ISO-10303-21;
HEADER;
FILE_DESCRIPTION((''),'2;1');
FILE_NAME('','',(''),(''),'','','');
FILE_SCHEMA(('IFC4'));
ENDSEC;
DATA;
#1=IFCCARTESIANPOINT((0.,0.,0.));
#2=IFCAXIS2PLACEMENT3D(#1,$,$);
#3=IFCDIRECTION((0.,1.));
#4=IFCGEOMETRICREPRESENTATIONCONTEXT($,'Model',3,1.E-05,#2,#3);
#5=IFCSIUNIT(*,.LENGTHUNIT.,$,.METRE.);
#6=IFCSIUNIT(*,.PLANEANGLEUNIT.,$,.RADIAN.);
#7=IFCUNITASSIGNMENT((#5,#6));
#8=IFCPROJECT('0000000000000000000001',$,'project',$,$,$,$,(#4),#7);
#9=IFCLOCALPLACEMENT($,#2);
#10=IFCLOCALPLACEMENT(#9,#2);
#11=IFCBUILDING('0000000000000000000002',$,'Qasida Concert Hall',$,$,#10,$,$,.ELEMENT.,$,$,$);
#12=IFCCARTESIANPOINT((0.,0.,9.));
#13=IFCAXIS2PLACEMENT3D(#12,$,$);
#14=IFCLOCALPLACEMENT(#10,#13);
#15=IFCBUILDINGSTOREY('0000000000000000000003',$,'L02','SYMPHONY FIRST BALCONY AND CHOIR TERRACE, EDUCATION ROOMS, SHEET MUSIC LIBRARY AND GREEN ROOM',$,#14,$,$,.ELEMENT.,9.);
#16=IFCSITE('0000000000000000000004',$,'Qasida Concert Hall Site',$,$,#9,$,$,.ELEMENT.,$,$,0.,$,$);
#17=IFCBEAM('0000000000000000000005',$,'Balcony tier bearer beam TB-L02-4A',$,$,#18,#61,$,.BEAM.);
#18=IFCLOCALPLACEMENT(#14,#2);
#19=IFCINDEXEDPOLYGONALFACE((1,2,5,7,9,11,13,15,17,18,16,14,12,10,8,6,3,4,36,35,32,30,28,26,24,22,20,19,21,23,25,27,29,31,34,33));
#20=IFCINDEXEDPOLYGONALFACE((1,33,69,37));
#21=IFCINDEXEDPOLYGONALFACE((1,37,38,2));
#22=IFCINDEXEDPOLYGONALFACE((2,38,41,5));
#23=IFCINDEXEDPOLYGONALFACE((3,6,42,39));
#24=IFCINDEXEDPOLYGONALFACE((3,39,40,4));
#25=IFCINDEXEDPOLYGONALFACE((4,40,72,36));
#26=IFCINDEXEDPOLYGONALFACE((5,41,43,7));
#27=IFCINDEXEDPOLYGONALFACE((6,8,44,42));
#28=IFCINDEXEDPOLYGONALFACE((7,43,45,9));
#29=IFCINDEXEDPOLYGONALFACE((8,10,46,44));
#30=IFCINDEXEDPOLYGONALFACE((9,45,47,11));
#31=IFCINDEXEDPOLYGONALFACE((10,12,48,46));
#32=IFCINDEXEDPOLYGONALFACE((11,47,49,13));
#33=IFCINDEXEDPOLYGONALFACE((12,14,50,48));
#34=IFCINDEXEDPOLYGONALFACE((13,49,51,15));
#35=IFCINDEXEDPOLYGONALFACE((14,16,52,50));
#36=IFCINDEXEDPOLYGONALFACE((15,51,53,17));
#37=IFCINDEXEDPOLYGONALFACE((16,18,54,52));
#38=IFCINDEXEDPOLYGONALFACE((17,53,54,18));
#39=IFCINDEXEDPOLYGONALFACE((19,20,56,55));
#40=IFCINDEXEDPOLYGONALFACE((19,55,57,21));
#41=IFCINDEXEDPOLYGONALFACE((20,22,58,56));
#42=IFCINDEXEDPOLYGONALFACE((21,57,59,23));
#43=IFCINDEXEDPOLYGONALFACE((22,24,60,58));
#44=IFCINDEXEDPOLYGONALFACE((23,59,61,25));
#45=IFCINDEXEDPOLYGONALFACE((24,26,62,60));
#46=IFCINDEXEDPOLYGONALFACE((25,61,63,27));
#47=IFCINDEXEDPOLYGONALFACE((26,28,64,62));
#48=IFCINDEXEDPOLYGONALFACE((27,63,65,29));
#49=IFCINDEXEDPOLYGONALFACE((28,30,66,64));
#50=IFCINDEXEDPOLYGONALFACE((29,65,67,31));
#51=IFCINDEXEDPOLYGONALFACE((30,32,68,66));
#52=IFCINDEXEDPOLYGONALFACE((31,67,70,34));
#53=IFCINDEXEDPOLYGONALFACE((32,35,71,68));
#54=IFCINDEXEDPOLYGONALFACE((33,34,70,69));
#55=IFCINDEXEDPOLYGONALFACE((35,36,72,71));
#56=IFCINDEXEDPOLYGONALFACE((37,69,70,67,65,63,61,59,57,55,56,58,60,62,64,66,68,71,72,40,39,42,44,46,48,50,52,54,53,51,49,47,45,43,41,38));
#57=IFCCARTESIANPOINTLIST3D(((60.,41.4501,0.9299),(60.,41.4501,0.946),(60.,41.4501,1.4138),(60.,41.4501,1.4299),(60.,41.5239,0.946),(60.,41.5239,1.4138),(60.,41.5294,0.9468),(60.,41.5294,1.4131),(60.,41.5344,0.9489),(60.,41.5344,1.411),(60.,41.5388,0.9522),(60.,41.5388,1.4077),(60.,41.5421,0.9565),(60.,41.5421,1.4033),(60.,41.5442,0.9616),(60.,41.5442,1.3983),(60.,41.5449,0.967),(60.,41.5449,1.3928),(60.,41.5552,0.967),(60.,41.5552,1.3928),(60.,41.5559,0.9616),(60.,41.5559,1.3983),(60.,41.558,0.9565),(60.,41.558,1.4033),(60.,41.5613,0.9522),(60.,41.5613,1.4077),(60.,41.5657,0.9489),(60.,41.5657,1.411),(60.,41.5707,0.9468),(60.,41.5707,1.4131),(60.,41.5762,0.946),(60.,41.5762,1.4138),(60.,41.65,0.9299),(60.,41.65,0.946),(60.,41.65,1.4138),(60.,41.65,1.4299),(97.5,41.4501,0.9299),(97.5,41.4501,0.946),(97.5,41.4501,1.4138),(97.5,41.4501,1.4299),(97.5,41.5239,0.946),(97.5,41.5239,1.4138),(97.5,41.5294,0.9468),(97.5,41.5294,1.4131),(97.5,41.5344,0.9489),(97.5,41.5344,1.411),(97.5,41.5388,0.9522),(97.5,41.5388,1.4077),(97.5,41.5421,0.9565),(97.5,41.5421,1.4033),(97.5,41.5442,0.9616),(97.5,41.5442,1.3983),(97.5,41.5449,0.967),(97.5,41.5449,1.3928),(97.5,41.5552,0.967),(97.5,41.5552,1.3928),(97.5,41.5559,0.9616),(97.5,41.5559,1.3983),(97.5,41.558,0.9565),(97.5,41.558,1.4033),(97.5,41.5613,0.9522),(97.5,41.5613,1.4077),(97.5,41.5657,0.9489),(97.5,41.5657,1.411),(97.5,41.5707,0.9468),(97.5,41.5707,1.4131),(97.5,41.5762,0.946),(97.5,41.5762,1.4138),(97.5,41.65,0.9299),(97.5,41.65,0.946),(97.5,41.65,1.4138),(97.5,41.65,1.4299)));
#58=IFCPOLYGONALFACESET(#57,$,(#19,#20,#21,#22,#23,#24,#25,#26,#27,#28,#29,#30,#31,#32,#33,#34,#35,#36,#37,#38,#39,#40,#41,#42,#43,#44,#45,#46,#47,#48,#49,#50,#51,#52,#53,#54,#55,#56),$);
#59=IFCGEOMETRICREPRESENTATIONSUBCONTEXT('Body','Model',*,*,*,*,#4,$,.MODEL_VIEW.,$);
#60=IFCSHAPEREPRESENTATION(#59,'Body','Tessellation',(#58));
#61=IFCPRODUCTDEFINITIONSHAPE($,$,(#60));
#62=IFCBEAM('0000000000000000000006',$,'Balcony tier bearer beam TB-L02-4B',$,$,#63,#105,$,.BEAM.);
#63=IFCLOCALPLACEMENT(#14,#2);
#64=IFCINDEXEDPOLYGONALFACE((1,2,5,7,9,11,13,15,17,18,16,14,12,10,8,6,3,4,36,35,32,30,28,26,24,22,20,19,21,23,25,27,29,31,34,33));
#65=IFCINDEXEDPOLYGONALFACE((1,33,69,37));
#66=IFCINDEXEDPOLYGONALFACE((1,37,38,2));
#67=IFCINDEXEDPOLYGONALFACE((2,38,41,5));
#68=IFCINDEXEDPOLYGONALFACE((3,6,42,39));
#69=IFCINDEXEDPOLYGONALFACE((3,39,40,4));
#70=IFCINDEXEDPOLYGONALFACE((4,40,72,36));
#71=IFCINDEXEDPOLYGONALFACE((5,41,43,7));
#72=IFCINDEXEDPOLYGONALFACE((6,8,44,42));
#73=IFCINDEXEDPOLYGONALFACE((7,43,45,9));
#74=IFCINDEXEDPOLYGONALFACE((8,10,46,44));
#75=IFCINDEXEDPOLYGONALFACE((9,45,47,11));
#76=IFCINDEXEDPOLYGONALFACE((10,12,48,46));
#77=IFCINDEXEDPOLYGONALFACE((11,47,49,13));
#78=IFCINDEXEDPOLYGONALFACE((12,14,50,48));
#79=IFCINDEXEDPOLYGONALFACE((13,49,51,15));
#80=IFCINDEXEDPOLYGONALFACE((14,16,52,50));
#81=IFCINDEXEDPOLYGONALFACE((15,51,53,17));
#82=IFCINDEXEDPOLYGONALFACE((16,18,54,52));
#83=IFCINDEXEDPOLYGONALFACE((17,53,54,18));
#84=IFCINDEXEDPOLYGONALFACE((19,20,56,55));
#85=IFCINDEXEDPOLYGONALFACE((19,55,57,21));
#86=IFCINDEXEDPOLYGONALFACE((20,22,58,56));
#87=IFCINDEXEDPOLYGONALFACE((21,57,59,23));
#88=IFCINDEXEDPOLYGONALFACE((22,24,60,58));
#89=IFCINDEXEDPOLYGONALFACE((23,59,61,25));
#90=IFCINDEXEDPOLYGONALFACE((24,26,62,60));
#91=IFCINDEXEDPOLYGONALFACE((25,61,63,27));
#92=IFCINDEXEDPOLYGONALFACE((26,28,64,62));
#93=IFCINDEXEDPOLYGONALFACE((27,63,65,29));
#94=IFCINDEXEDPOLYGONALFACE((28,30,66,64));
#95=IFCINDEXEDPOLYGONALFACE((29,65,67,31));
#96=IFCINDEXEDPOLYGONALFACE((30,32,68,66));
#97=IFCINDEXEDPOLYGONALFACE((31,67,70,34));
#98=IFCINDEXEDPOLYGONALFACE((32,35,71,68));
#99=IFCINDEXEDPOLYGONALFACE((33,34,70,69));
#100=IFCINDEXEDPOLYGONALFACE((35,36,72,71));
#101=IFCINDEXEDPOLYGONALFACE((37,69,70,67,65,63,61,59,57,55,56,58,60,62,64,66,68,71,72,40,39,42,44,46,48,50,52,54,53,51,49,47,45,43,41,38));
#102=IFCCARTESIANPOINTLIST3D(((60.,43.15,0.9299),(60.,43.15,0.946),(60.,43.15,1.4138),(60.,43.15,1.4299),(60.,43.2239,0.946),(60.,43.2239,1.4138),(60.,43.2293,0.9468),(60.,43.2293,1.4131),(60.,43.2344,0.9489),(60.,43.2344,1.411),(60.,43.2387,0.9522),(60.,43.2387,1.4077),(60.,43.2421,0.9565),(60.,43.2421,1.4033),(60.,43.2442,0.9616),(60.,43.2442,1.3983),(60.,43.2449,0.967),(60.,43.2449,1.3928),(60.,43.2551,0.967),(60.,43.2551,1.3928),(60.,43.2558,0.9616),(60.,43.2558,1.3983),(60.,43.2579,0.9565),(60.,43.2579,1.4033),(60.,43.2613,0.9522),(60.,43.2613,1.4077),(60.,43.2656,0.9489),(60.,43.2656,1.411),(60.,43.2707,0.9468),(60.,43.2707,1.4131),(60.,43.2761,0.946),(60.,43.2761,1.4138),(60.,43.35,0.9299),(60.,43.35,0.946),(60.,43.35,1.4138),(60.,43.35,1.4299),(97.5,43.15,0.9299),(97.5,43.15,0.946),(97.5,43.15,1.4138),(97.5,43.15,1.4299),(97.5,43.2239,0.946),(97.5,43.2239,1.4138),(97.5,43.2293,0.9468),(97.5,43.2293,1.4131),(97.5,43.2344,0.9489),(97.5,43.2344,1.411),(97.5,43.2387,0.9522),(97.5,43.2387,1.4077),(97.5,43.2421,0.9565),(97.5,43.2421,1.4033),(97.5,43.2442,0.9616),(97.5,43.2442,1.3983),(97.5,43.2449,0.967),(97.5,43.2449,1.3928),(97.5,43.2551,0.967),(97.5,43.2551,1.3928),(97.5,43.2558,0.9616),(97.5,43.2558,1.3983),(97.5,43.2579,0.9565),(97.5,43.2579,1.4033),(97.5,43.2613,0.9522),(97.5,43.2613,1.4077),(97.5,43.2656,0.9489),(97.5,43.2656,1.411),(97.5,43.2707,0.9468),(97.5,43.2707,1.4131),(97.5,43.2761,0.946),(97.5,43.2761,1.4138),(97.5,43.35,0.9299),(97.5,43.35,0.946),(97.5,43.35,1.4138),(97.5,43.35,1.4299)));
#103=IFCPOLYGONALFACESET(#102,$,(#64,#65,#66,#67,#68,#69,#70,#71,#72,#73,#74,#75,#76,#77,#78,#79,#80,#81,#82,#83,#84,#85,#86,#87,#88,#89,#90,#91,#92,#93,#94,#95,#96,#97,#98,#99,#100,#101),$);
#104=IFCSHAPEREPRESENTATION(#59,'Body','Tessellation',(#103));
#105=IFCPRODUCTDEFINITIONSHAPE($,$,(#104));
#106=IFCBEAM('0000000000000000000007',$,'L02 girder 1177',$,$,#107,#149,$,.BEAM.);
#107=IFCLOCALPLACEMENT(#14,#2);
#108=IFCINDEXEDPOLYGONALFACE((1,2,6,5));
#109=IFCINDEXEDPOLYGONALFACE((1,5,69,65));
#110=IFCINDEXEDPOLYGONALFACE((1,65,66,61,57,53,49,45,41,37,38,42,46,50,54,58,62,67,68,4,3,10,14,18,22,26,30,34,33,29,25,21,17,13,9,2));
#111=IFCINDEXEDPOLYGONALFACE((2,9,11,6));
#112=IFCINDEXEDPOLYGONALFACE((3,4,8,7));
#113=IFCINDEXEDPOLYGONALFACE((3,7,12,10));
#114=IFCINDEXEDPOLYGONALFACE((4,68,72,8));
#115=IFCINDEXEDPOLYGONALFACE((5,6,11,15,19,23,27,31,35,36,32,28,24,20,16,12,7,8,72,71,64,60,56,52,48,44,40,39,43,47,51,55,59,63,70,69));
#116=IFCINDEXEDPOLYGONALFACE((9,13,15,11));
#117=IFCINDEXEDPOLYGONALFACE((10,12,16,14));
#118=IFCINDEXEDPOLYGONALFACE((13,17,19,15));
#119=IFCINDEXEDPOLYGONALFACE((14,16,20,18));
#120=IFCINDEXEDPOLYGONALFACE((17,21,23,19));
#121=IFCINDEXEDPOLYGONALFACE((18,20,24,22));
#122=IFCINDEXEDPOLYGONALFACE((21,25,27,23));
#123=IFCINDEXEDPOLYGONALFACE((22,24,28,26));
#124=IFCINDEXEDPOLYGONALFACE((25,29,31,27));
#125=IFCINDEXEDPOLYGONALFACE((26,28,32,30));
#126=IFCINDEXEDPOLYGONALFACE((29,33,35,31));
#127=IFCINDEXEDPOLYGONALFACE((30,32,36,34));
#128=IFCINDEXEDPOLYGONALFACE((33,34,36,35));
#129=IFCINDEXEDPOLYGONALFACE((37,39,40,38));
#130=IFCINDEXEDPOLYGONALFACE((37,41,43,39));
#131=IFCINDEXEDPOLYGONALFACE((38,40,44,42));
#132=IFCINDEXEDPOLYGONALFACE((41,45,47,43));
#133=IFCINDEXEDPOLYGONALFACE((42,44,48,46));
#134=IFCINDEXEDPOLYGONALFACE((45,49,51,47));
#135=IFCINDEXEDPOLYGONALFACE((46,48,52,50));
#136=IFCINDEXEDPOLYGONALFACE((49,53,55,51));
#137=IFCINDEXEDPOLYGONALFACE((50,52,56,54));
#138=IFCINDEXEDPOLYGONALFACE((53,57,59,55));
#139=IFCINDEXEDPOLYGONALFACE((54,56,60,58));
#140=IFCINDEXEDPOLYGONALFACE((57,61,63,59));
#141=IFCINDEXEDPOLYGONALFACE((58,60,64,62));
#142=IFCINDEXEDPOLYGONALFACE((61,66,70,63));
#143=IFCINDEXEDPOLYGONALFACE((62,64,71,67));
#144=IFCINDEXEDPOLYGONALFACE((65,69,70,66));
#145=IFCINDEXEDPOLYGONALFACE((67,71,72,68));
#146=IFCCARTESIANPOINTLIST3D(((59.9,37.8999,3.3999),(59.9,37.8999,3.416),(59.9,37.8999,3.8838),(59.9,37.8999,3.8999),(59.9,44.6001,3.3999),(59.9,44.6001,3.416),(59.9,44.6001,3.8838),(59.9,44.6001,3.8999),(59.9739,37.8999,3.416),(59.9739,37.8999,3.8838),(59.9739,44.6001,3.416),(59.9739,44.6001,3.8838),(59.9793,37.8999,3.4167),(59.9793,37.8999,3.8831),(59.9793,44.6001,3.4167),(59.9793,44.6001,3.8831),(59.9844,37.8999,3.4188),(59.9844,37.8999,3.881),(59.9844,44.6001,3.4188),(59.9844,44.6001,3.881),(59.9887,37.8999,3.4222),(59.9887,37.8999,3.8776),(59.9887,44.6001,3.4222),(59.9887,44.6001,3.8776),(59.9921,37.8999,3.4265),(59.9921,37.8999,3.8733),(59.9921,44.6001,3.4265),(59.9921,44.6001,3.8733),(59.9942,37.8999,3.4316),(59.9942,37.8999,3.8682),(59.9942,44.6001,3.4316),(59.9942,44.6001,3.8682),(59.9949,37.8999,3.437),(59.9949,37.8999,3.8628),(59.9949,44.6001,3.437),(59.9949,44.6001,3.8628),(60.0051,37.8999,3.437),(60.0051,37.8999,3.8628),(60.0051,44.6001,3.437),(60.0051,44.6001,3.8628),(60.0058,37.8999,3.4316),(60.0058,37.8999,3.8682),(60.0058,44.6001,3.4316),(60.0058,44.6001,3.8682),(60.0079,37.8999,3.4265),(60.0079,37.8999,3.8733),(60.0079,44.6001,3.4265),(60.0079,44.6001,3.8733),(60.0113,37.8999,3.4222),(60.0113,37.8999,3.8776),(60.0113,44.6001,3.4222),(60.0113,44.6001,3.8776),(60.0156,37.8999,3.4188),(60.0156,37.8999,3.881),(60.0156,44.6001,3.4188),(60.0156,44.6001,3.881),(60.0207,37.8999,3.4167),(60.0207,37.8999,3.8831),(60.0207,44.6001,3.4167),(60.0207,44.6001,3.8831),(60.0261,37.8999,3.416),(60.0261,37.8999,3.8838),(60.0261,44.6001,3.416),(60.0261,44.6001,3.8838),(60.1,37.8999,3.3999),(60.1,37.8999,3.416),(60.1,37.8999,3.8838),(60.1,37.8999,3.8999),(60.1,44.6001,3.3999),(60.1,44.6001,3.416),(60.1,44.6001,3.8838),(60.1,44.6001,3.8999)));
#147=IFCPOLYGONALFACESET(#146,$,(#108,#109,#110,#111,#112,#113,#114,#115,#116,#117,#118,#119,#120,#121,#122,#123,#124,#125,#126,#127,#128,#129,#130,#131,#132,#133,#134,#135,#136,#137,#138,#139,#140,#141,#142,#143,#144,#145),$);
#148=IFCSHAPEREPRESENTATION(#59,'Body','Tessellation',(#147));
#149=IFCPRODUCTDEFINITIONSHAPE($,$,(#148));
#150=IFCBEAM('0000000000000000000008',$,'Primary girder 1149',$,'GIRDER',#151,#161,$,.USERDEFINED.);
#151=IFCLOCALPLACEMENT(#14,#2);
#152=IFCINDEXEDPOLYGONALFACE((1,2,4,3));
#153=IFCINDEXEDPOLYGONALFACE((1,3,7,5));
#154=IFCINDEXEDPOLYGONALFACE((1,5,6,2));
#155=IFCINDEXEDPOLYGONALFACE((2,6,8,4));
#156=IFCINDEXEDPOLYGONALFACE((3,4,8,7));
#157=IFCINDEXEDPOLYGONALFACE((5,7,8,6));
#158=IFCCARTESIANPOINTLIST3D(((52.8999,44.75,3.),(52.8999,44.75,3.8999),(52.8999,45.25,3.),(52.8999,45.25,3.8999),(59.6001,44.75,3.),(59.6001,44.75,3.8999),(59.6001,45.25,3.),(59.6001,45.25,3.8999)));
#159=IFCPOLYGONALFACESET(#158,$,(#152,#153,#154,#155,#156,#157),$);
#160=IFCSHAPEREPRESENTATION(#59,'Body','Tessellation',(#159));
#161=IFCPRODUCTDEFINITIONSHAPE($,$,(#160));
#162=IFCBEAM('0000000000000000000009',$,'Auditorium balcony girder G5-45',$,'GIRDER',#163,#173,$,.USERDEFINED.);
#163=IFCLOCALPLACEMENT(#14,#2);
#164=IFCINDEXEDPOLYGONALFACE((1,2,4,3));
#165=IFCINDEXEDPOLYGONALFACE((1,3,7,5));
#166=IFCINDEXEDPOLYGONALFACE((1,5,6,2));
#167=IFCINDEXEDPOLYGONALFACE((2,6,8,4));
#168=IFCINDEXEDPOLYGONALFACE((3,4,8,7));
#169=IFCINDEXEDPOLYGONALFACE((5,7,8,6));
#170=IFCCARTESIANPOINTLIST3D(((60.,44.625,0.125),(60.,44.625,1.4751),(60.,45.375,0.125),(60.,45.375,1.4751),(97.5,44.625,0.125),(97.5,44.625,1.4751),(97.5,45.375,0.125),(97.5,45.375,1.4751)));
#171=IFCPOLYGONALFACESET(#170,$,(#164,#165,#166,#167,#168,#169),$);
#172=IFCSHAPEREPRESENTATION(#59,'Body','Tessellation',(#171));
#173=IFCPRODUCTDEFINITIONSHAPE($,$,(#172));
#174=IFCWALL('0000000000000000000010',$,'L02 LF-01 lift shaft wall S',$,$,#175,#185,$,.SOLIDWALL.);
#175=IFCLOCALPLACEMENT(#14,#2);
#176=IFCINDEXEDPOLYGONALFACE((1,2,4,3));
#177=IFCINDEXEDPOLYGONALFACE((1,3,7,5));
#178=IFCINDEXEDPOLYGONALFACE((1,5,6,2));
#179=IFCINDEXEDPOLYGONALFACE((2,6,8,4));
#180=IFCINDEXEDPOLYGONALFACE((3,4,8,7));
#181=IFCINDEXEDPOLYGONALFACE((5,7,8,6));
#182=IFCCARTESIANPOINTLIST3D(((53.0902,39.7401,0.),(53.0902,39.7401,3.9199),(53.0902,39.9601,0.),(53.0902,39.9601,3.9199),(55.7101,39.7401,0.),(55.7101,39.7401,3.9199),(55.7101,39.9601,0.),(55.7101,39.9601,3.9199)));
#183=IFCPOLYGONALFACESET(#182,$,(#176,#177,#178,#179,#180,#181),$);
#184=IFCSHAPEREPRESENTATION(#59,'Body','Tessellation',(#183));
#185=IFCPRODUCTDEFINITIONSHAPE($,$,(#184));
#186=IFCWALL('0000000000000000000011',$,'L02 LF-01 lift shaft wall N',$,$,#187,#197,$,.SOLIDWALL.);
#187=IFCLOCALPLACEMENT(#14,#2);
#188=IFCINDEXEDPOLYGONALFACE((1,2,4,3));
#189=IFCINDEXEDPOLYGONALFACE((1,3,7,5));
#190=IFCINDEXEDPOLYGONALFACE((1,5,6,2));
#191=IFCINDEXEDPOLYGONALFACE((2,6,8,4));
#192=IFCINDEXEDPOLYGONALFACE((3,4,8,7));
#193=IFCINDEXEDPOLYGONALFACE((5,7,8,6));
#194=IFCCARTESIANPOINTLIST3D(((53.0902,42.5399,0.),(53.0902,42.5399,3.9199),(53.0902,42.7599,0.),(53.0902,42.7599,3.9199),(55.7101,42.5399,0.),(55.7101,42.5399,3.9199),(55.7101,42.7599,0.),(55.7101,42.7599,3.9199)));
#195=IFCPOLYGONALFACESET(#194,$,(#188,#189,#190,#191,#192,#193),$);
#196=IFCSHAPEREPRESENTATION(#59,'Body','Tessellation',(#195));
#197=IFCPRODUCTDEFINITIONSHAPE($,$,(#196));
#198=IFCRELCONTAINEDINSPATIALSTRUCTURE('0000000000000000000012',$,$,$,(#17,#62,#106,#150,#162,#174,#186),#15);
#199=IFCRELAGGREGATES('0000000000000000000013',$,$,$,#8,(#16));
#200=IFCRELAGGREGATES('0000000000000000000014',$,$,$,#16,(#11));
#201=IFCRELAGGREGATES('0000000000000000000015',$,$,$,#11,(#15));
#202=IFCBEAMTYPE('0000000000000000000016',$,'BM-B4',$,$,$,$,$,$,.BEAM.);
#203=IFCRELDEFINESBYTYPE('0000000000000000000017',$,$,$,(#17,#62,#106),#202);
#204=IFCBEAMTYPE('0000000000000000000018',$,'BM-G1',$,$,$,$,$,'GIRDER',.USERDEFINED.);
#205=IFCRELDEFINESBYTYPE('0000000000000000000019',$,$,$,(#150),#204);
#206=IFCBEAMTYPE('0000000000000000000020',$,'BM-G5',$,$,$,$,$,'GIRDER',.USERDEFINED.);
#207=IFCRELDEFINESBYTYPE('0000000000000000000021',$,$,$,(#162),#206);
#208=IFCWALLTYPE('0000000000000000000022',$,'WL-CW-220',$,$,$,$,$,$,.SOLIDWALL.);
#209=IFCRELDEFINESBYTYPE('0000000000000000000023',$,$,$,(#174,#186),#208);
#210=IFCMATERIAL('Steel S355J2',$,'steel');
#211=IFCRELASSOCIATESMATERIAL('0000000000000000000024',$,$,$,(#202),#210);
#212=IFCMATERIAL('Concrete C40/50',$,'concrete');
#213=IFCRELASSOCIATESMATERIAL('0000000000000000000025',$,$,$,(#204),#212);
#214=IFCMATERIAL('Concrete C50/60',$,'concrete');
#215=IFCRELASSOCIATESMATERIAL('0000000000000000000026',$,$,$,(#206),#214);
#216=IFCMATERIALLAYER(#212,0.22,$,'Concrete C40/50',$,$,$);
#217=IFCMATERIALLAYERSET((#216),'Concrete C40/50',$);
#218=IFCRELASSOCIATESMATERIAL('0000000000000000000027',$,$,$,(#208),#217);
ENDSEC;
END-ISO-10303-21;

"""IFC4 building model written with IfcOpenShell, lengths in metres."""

from ifc_helpers import new_model, si_unit, direction, frame, frame_2d, origin, origin_2d, place, context, subcontext, project, spatial, rectangle, i_section, extrude, material, layer, layer_set, material_profile, profile_set, type_object, element, save


model = new_model("IFC4")

# Units and contexts
model_context = context("Model", 3, precision=1e-05, world=origin(), true_north=direction((0.0, 1.0)))
body_context = subcontext(model_context, "Body", "Model", "MODEL_VIEW")
ifc_project = project(units=[si_unit("LENGTHUNIT", "METRE"), si_unit("PLANEANGLEUNIT", "RADIAN")], contexts=[model_context])

# Site, building, storey
site_placement = place(None, origin())
site = spatial("IfcSite", under=ifc_project, at=site_placement, Name="Qasida Concert Hall Site", CompositionType="ELEMENT", RefElevation=0.0)
building_placement = place(site_placement, origin())
building = spatial("IfcBuilding", under=site, at=building_placement, Name="Qasida Concert Hall", CompositionType="ELEMENT")
storey_placement = place(building_placement, frame((0.0, 0.0, 9.0)))
storey = spatial("IfcBuildingStorey", under=building, at=storey_placement, Name="L02", Description="SYMPHONY FIRST BALCONY AND CHOIR TERRACE, EDUCATION ROOMS, SHEET MUSIC LIBRARY AND GREEN ROOM", CompositionType="ELEMENT", Elevation=9.0)

# Shared definitions
ifc_material_1 = material(Name="Concrete C50/60", Category="concrete")

# Beams
ifc_material_2 = material(Name="Concrete C40/50", Category="concrete")
ifc_material_3 = material(Name="Steel S355J2", Category="steel")
ifc_material_profile_1 = material_profile(ifc_material_3, i_section(OverallWidth=0.2, OverallDepth=0.5, WebThickness=0.0103, FlangeThickness=0.0161, FilletRadius=0.021, at=origin_2d()), Name="IPE 500")
ifc_profile_set_1 = profile_set([ifc_material_profile_1], Name="Steel S355J2")
beam_type_1 = type_object("IfcBeamType", Name="BM-B4", PredefinedType="BEAM", material=ifc_profile_set_1)
for number, where, z_axis, x_axis, name in (
    (1, (60.0, 41.55, 1.1799), (1.0, 0.0, 0.0), (0.0, 1.0, 0.0), "Balcony tier bearer beam TB-L02-4A"),
    (2, (60.0, 43.25, 1.1799), (1.0, 0.0, 0.0), (0.0, 1.0, 0.0), "Balcony tier bearer beam TB-L02-4B"),
):
    element("IfcBeam", number, at=place(storey_placement, frame(where, z_axis=z_axis, x_axis=x_axis)), inside=storey, type_object=beam_type_1, Name=name, PredefinedType="BEAM", context=body_context, shape_type="SweptSolid", body=[
        extrude(i_section(OverallWidth=0.2, OverallDepth=0.5, WebThickness=0.0103, FlangeThickness=0.0161, FilletRadius=0.021, at=origin_2d()), origin(), (0.0, 0.0, 1.0), 37.5),
    ])
beam_1_placement = place(storey_placement, frame((60.0, 37.8999, 3.6499), z_axis=(0.0, 1.0, 0.0), x_axis=(-1.0, 0.0, 0.0)))
element("IfcBeam", 3, at=beam_1_placement, inside=storey, type_object=beam_type_1, Name="L02 girder 1177", PredefinedType="BEAM", context=body_context, shape_type="SweptSolid", body=[
    extrude(i_section(OverallWidth=0.2, OverallDepth=0.5, WebThickness=0.0103, FlangeThickness=0.0161, FilletRadius=0.021, at=origin_2d()), origin(), (0.0, 0.0, 1.0), 6.7002),
])
ifc_material_profile_2 = material_profile(ifc_material_2, rectangle(XDim=0.5, YDim=0.8999, at=origin_2d()), Name="RC 500x900")
ifc_profile_set_2 = profile_set([ifc_material_profile_2], Name="Concrete C40/50")
beam_type_2 = type_object("IfcBeamType", Name="BM-G1", ElementType="GIRDER", PredefinedType="USERDEFINED", material=ifc_profile_set_2)
beam_2_placement = place(storey_placement, frame((52.8999, 45.0, 3.45), z_axis=(1.0, 0.0, 0.0), x_axis=(0.0, 1.0, 0.0)))
element("IfcBeam", 4, at=beam_2_placement, inside=storey, type_object=beam_type_2, Name="Primary girder 1149", ObjectType="GIRDER", PredefinedType="USERDEFINED", context=body_context, shape_type="SweptSolid", body=[
    extrude(rectangle(XDim=0.5, YDim=0.8999, at=origin_2d()), origin(), (0.0, 0.0, 1.0), 6.7002),
])
ifc_material_profile_3 = material_profile(ifc_material_1, rectangle(XDim=0.75, YDim=1.3501, at=origin_2d()), Name="RC 750x1350")
ifc_profile_set_3 = profile_set([ifc_material_profile_3], Name="Concrete C50/60")
beam_type_3 = type_object("IfcBeamType", Name="BM-G5", ElementType="GIRDER", PredefinedType="USERDEFINED", material=ifc_profile_set_3)
beam_3_placement = place(storey_placement, frame((60.0, 45.0, 0.8), z_axis=(1.0, 0.0, 0.0), x_axis=(0.0, 1.0, 0.0)))
element("IfcBeam", 5, at=beam_3_placement, inside=storey, type_object=beam_type_3, Name="Auditorium balcony girder G5-45", ObjectType="GIRDER", PredefinedType="USERDEFINED", context=body_context, shape_type="SweptSolid", body=[
    extrude(rectangle(XDim=0.75, YDim=1.3501, at=origin_2d()), origin(), (0.0, 0.0, 1.0), 37.5),
])

# Walls
ifc_layer_1 = layer(ifc_material_2, 0.22, Name="Concrete C40/50")
ifc_layer_set_1 = layer_set([ifc_layer_1], Name="Concrete C40/50")
wall_type_1 = type_object("IfcWallType", Name="WL-CW-220", PredefinedType="SOLIDWALL", material=ifc_layer_set_1)
for number, where, z_axis, x_axis, name in (
    (6, (53.0901, 39.8501, 0.0), (0.0, 0.0, 1.0), (1.0, 0.0, 0.0), "L02 LF-01 lift shaft wall S"),
    (7, (53.0901, 42.6499, 0.0), (0.0, 0.0, 1.0), (1.0, 0.0, 0.0), "L02 LF-01 lift shaft wall N"),
):
    element("IfcWall", number, at=place(storey_placement, frame(where, z_axis=z_axis, x_axis=x_axis)), inside=storey, type_object=wall_type_1, Name=name, PredefinedType="SOLIDWALL", context=body_context, shape_type="SweptSolid", body=[
        extrude(rectangle(XDim=2.6199, YDim=0.22, at=frame_2d((1.3101, 0.0))), origin(), (0.0, 0.0, 1.0), 3.9199),
    ])

save(model, "model.ifc")
